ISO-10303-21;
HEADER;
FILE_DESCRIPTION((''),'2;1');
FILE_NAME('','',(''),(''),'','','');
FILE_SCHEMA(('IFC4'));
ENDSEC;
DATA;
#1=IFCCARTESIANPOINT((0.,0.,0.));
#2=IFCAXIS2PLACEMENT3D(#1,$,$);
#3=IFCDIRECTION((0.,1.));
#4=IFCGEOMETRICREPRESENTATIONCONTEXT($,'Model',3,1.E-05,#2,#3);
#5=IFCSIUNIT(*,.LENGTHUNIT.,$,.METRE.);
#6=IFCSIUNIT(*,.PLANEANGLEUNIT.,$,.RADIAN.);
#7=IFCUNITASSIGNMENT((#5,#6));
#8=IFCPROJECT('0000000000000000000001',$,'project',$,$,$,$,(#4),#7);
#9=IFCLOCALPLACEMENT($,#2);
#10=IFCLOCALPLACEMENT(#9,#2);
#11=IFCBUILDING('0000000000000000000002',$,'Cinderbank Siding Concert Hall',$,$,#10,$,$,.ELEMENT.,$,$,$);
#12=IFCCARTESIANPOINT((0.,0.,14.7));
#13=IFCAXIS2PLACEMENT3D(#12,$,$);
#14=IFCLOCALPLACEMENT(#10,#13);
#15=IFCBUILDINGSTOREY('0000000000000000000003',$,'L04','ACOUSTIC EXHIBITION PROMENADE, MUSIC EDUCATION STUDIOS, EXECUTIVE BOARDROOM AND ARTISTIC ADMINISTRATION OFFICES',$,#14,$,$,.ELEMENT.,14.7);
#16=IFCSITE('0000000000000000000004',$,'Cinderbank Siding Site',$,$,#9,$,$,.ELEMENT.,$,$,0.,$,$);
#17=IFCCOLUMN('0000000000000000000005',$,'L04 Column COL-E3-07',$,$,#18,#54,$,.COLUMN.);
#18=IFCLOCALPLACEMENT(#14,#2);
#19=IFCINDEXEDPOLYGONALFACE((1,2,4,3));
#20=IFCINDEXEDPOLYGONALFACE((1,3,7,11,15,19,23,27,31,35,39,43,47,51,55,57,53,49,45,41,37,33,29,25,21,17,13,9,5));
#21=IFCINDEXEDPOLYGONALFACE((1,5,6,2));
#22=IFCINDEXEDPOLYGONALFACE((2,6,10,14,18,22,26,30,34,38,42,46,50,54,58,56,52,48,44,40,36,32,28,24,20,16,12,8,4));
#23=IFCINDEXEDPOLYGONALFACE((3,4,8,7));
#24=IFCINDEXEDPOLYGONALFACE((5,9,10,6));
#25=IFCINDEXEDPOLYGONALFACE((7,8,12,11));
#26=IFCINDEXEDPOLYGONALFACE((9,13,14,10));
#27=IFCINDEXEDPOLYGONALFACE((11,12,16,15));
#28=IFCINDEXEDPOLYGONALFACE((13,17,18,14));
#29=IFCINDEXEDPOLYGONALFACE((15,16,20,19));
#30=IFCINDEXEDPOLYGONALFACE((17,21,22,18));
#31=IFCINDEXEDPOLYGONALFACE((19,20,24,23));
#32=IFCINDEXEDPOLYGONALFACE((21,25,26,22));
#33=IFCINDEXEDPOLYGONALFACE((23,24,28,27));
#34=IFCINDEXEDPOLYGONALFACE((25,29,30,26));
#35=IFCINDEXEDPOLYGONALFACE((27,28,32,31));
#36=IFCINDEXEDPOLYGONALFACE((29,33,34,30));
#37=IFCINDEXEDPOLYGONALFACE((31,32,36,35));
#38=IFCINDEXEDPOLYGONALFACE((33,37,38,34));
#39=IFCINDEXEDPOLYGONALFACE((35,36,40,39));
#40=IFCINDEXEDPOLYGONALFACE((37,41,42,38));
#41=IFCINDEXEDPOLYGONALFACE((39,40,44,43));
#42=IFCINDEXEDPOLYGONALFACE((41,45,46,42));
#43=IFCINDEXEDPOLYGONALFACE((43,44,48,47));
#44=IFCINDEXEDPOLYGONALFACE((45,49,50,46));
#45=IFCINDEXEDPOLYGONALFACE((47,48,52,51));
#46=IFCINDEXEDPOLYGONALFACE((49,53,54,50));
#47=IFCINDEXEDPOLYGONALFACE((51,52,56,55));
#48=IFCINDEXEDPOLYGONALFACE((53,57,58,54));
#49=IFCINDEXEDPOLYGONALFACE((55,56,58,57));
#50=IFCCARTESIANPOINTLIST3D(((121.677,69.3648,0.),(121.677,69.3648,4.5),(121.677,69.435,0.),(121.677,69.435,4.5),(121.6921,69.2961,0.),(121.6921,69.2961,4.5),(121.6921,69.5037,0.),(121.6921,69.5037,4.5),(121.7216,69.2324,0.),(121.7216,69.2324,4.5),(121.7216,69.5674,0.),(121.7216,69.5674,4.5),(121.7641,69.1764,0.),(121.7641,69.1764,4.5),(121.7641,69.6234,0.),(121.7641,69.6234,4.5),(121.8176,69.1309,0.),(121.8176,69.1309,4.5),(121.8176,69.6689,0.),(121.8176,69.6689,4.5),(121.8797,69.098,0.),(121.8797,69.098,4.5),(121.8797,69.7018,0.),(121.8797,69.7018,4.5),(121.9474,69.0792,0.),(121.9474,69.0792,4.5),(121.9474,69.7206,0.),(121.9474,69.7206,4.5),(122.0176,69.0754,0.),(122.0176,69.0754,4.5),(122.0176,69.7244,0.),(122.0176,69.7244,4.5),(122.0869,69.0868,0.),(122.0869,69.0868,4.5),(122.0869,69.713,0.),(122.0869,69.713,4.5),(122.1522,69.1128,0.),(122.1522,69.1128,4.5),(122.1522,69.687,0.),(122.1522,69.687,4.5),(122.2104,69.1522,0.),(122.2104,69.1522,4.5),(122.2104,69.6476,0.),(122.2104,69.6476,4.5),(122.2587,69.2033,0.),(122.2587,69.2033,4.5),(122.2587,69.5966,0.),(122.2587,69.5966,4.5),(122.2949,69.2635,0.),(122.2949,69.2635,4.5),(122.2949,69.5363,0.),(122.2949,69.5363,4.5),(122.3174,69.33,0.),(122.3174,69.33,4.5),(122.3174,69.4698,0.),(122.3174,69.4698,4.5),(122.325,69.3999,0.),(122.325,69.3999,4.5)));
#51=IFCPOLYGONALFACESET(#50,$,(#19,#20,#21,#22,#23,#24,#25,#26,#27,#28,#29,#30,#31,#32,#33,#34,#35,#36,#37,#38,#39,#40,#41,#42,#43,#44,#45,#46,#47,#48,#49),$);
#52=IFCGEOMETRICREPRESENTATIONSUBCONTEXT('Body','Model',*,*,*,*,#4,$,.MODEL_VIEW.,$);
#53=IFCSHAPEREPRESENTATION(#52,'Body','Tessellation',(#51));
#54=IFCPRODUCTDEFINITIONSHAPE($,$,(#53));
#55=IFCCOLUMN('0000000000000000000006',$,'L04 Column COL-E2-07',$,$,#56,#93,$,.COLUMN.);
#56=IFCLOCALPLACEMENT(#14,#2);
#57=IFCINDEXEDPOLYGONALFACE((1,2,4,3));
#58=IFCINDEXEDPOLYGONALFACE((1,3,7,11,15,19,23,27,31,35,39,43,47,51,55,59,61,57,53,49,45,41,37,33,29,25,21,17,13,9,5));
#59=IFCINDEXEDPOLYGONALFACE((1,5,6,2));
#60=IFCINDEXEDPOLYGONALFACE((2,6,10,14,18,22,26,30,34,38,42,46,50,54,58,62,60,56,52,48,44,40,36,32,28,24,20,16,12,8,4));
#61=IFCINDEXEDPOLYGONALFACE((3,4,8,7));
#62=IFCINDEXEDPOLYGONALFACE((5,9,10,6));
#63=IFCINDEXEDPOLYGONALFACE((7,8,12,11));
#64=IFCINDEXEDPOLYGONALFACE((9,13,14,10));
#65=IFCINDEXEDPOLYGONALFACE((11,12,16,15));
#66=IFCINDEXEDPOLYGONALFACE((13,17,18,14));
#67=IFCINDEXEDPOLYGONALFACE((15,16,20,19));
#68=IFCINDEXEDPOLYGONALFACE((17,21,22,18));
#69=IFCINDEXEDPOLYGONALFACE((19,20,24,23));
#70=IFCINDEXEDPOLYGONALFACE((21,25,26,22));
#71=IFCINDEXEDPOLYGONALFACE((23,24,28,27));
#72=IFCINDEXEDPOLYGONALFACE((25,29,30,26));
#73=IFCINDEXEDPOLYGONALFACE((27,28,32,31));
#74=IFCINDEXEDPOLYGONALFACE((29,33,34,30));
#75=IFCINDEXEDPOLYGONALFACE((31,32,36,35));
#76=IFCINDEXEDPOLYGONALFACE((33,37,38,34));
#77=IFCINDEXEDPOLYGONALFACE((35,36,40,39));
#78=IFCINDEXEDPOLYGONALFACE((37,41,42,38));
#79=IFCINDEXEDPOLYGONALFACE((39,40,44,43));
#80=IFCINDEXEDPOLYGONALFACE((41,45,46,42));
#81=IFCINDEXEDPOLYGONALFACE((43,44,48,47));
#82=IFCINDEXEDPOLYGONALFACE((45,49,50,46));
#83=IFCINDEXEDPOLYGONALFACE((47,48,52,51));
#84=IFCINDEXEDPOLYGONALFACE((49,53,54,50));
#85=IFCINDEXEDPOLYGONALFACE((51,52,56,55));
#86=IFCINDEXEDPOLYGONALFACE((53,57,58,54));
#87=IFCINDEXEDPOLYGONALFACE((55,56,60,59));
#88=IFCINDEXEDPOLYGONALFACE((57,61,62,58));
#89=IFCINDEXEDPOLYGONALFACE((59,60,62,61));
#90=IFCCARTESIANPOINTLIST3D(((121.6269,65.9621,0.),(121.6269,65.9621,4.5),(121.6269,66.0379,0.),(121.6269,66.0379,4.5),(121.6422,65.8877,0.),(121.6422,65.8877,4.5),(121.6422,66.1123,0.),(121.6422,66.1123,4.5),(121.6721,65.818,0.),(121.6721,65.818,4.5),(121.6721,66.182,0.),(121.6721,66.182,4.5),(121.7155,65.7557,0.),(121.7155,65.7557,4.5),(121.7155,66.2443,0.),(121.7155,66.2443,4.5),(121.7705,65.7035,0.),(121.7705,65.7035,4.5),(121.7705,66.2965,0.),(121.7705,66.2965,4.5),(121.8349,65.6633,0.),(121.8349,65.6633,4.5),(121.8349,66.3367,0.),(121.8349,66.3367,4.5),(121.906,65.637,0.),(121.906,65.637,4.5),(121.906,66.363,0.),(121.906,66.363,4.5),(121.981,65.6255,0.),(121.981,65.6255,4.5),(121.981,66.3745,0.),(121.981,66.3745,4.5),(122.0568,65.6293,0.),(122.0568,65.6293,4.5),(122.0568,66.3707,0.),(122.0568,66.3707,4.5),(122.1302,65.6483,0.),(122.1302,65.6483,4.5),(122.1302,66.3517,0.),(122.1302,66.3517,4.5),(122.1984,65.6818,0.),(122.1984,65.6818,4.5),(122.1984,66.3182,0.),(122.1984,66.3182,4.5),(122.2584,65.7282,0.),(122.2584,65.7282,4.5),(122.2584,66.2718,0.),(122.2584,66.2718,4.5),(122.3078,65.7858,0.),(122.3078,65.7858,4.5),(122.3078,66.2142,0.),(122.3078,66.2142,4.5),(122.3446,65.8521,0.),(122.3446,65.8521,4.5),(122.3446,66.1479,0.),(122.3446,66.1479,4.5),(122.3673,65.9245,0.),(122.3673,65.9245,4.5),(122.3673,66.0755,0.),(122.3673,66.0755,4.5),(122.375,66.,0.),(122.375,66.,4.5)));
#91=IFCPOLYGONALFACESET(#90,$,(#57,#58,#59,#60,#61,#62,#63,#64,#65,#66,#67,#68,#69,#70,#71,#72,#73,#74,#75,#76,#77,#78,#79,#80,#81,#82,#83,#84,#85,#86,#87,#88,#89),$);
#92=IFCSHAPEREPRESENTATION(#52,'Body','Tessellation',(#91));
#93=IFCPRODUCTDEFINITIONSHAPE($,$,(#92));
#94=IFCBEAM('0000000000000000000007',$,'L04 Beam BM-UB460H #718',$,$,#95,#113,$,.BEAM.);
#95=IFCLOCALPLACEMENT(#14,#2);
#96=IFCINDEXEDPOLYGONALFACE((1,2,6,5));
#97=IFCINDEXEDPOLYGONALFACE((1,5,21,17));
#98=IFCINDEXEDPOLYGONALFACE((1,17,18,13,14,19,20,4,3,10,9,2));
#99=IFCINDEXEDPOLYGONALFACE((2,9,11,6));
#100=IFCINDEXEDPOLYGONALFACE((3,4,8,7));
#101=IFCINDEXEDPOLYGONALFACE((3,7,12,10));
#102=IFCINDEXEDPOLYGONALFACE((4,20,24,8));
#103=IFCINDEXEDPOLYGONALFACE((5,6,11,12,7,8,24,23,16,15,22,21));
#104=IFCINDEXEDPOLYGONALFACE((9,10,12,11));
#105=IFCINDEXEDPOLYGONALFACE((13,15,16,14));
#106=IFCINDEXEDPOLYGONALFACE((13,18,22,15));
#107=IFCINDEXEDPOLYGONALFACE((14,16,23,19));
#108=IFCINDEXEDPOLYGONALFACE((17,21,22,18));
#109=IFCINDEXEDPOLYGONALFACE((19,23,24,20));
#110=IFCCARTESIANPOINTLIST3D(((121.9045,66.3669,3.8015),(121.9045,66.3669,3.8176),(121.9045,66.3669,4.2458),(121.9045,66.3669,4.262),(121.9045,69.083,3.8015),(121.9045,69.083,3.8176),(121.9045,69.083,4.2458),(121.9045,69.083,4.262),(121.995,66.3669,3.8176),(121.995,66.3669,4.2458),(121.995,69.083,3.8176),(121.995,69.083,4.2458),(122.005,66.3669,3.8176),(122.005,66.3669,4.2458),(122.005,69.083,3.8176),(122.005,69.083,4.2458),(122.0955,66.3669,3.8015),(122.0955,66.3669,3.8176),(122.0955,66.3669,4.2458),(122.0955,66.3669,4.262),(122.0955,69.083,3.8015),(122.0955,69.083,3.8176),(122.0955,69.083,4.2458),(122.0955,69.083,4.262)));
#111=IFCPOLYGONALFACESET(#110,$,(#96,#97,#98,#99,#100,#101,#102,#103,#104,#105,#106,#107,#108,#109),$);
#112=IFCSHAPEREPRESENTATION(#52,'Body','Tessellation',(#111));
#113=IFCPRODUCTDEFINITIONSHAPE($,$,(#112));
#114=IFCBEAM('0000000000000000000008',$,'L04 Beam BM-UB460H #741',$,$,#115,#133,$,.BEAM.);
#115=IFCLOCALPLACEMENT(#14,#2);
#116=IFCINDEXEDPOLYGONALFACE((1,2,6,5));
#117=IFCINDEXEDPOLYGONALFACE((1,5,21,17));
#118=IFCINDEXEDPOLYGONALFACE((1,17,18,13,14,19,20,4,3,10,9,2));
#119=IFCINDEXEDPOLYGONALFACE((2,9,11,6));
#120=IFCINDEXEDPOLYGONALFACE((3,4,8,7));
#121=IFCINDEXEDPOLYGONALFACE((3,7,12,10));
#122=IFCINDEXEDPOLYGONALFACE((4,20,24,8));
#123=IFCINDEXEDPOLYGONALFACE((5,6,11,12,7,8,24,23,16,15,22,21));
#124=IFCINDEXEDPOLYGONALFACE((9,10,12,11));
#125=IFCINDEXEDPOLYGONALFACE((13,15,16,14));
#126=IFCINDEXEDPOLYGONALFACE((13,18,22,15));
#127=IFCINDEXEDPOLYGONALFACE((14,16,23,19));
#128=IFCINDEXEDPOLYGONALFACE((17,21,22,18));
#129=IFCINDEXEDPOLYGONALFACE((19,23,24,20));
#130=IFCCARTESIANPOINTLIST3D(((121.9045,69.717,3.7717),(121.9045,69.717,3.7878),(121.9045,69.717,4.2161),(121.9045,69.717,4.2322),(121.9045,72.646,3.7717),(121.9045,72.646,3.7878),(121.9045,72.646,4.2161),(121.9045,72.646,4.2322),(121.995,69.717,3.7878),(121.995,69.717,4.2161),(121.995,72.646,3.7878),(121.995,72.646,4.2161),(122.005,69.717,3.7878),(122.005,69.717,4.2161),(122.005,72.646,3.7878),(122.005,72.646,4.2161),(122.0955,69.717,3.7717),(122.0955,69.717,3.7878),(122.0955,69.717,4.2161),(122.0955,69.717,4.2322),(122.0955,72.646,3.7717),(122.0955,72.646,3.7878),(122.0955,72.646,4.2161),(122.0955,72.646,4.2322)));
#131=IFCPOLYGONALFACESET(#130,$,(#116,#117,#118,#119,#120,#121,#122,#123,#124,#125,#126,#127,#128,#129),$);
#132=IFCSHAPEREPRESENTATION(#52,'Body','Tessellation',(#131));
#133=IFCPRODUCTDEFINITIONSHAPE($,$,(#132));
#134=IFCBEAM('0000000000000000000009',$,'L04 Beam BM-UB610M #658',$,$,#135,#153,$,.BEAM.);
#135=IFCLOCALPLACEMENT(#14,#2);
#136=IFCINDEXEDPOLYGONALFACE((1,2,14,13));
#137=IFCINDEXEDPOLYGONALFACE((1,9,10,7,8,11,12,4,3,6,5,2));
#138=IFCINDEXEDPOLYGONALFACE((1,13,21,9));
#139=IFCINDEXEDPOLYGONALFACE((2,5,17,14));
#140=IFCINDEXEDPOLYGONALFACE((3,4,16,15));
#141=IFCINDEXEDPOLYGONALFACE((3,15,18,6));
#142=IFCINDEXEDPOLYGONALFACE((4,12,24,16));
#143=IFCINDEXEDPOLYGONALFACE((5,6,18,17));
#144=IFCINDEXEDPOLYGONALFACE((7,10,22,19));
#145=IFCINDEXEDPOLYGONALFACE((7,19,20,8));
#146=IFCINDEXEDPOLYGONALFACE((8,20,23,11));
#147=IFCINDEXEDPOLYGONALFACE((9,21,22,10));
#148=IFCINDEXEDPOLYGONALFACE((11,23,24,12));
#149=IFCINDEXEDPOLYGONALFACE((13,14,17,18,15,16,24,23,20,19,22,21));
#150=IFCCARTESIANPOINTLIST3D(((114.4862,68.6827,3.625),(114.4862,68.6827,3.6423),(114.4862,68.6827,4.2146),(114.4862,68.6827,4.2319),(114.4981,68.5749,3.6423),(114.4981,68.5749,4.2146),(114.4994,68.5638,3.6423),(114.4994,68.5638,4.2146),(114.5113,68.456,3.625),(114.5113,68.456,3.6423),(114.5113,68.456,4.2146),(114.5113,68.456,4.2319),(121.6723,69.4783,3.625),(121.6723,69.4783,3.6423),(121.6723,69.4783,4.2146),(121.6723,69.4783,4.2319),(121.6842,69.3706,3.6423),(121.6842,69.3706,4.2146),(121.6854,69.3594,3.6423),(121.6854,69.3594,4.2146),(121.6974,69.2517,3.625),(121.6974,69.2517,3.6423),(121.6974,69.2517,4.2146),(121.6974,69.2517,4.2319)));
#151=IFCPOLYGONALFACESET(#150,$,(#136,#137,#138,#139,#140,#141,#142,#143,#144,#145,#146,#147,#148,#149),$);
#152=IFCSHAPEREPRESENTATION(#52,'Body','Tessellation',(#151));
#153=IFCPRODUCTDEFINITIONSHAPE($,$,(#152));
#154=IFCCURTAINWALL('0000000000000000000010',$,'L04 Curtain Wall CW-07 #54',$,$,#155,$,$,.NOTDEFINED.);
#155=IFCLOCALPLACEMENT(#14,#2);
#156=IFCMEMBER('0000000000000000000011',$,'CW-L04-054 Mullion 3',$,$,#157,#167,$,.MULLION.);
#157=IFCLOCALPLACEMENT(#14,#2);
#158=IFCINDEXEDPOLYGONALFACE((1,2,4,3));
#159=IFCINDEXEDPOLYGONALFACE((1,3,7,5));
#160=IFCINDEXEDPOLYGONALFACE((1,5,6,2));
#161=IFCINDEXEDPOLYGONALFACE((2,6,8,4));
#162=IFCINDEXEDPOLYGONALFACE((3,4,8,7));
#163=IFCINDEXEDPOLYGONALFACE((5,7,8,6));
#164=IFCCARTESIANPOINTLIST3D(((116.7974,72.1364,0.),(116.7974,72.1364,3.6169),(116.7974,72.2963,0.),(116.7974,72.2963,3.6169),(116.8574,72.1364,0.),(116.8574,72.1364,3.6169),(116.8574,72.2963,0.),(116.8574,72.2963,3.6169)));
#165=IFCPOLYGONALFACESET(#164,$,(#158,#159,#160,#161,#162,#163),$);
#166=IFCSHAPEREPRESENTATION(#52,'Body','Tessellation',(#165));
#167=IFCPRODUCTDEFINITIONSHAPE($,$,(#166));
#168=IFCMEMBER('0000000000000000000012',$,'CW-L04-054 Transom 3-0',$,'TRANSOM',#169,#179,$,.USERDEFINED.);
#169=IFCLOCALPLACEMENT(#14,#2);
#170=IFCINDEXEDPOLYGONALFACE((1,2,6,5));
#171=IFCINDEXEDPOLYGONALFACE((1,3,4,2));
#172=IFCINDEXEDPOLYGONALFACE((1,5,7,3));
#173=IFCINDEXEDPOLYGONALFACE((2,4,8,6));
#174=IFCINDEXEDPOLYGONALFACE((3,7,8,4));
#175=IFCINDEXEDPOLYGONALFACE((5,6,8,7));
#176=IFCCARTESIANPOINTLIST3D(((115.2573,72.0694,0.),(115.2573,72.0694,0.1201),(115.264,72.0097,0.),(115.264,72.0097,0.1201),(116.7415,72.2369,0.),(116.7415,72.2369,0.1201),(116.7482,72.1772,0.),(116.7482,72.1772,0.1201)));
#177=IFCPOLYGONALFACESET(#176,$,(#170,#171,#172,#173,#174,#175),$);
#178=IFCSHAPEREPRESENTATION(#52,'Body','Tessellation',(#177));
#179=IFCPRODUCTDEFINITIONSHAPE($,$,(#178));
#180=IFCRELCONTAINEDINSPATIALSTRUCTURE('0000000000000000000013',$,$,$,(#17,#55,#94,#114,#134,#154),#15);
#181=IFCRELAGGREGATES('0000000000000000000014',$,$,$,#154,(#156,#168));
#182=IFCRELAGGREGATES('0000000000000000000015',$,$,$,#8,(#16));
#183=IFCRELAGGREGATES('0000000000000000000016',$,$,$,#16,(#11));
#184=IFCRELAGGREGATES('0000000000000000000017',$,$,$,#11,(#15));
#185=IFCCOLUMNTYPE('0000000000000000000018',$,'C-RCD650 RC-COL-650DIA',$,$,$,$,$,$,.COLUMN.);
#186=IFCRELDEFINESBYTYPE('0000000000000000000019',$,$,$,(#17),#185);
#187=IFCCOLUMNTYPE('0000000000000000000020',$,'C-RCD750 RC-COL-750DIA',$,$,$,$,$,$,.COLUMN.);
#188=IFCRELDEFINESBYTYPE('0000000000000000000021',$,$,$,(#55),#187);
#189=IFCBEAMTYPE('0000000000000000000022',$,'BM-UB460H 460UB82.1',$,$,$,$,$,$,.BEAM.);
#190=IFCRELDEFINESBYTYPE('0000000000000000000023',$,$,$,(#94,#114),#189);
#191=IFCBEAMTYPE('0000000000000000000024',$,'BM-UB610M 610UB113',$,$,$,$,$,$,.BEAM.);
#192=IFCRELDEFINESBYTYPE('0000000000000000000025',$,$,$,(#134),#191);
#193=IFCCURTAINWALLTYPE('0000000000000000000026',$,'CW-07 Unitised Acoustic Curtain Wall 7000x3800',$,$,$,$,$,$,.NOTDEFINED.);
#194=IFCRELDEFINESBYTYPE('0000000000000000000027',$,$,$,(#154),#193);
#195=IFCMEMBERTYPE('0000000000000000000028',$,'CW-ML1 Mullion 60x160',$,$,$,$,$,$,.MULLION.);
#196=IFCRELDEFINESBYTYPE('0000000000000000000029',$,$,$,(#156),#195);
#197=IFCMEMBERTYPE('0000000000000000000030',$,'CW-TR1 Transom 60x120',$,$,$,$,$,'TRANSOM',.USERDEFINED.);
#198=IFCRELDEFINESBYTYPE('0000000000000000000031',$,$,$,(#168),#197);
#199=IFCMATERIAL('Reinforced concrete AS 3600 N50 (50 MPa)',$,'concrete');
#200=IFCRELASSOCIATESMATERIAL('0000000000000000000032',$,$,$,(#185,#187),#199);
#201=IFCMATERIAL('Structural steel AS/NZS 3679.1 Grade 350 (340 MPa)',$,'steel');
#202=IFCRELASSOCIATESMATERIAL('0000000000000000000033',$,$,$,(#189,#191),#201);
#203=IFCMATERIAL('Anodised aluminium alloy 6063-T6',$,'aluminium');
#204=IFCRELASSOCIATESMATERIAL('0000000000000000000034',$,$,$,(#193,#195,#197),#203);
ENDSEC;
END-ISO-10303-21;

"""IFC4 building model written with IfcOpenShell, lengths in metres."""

from ifc_helpers import new_model, si_unit, direction, frame, origin, origin_2d, place, context, subcontext, project, spatial, rectangle, circle, i_section, extrude, material, material_profile, profile_set, type_object, element, aggregate, save


model = new_model("IFC4")

# Units and contexts
model_context = context("Model", 3, precision=1e-05, world=origin(), true_north=direction((0.0, 1.0)))
body_context = subcontext(model_context, "Body", "Model", "MODEL_VIEW")
ifc_project = project(units=[si_unit("LENGTHUNIT", "METRE"), si_unit("PLANEANGLEUNIT", "RADIAN")], contexts=[model_context])

# Site, building, storey
site_placement = place(None, origin())
site = spatial("IfcSite", under=ifc_project, at=site_placement, Name="Cinderbank Siding Site", CompositionType="ELEMENT", RefElevation=0.0)
building_placement = place(site_placement, origin())
building = spatial("IfcBuilding", under=site, at=building_placement, Name="Cinderbank Siding Concert Hall", CompositionType="ELEMENT")
storey_placement = place(building_placement, frame((0.0, 0.0, 14.7)))
storey = spatial("IfcBuildingStorey", under=building, at=storey_placement, Name="L04", Description="ACOUSTIC EXHIBITION PROMENADE, MUSIC EDUCATION STUDIOS, EXECUTIVE BOARDROOM AND ARTISTIC ADMINISTRATION OFFICES", CompositionType="ELEMENT", Elevation=14.7)

# Columns
ifc_material_1 = material(Name="Reinforced concrete AS 3600 N50 (50 MPa)", Category="concrete")
ifc_material_profile_1 = material_profile(ifc_material_1, circle(Radius=0.325, at=origin_2d()), Name="RC-COL-650DIA", Category="LoadBearing")
ifc_profile_set_1 = profile_set([ifc_material_profile_1], Name="Reinforced concrete AS 3600 N50 (50 MPa)")
column_type_1 = type_object("IfcColumnType", Name="C-RCD650 RC-COL-650DIA", PredefinedType="COLUMN", material=ifc_profile_set_1)
column_1_placement = place(storey_placement, frame((122.0, 69.3999, 0.0), z_axis=(0.0, 0.0, 1.0), x_axis=(1.0, 0.0, 0.0)))
element("IfcColumn", 1, at=column_1_placement, inside=storey, type_object=column_type_1, Name="L04 Column COL-E3-07", PredefinedType="COLUMN", context=body_context, shape_type="SweptSolid", body=[
    extrude(circle(Radius=0.325, at=origin_2d()), origin(), (0.0, 0.0, 1.0), 4.5),
])
ifc_material_profile_2 = material_profile(ifc_material_1, circle(Radius=0.375, at=origin_2d()), Name="RC-COL-750DIA", Category="LoadBearing")
ifc_profile_set_2 = profile_set([ifc_material_profile_2], Name="Reinforced concrete AS 3600 N50 (50 MPa)")
column_type_2 = type_object("IfcColumnType", Name="C-RCD750 RC-COL-750DIA", PredefinedType="COLUMN", material=ifc_profile_set_2)
column_2_placement = place(storey_placement, frame((122.0, 66.0, 0.0), z_axis=(0.0, 0.0, 1.0), x_axis=(1.0, 0.0, 0.0)))
element("IfcColumn", 2, at=column_2_placement, inside=storey, type_object=column_type_2, Name="L04 Column COL-E2-07", PredefinedType="COLUMN", context=body_context, shape_type="SweptSolid", body=[
    extrude(circle(Radius=0.375, at=origin_2d()), origin(), (0.0, 0.0, 1.0), 4.5),
])

# Beams
ifc_material_2 = material(Name="Structural steel AS/NZS 3679.1 Grade 350 (340 MPa)", Category="steel")
ifc_material_profile_3 = material_profile(ifc_material_2, i_section(OverallWidth=0.1909, OverallDepth=0.4604, WebThickness=0.01, FlangeThickness=0.0161, at=origin_2d()), Name="460UB82.1", Category="LoadBearing")
ifc_profile_set_3 = profile_set([ifc_material_profile_3], Name="Structural steel AS/NZS 3679.1 Grade 350 (340 MPa)")
beam_type_1 = type_object("IfcBeamType", Name="BM-UB460H 460UB82.1", PredefinedType="BEAM", material=ifc_profile_set_3)
beam_1_placement = place(storey_placement, frame((122.0, 66.3669, 4.0317), z_axis=(0.0, 1.0, 0.0), x_axis=(-1.0, 0.0, 0.0)))
element("IfcBeam", 3, at=beam_1_placement, inside=storey, type_object=beam_type_1, Name="L04 Beam BM-UB460H #718", PredefinedType="BEAM", context=body_context, shape_type="SweptSolid", body=[
    extrude(i_section(OverallWidth=0.1909, OverallDepth=0.4604, WebThickness=0.01, FlangeThickness=0.0161, at=origin_2d()), origin(), (0.0, 0.0, 1.0), 2.7161),
])
beam_2_placement = place(storey_placement, frame((122.0, 69.717, 4.002), z_axis=(0.0, 1.0, 0.0), x_axis=(-1.0, 0.0, 0.0)))
element("IfcBeam", 4, at=beam_2_placement, inside=storey, type_object=beam_type_1, Name="L04 Beam BM-UB460H #741", PredefinedType="BEAM", context=body_context, shape_type="SweptSolid", body=[
    extrude(i_section(OverallWidth=0.1909, OverallDepth=0.4604, WebThickness=0.01, FlangeThickness=0.0161, at=origin_2d()), origin(), (0.0, 0.0, 1.0), 2.929),
])
ifc_material_profile_4 = material_profile(ifc_material_2, i_section(OverallWidth=0.228, OverallDepth=0.6069, WebThickness=0.0112, FlangeThickness=0.0173, at=origin_2d()), Name="610UB113", Category="LoadBearing")
ifc_profile_set_4 = profile_set([ifc_material_profile_4], Name="Structural steel AS/NZS 3679.1 Grade 350 (340 MPa)")
beam_type_2 = type_object("IfcBeamType", Name="BM-UB610M 610UB113", PredefinedType="BEAM", material=ifc_profile_set_4)
beam_3_placement = place(storey_placement, frame((121.6848, 69.365, 3.9285), z_axis=(-0.993926, -0.11005, 0.0), x_axis=(0.11005, -0.993926, 0.0)))
element("IfcBeam", 5, at=beam_3_placement, inside=storey, type_object=beam_type_2, Name="L04 Beam BM-UB610M #658", PredefinedType="BEAM", context=body_context, shape_type="SweptSolid", body=[
    extrude(i_section(OverallWidth=0.228, OverallDepth=0.6069, WebThickness=0.0112, FlangeThickness=0.0173, at=origin_2d()), origin(), (0.0, 0.0, 1.0), 7.23),
])

# Curtain wall, members
ifc_material_3 = material(Name="Anodised aluminium alloy 6063-T6", Category="aluminium")
curtain_wall_type_1 = type_object("IfcCurtainWallType", Name="CW-07 Unitised Acoustic Curtain Wall 7000x3800", PredefinedType="NOTDEFINED", material=ifc_material_3)
curtain_wall_1_placement = place(storey_placement, origin())
curtain_wall_1 = element("IfcCurtainWall", 6, at=curtain_wall_1_placement, inside=storey, type_object=curtain_wall_type_1, Name="L04 Curtain Wall CW-07 #54", PredefinedType="NOTDEFINED")
ifc_material_profile_5 = material_profile(ifc_material_3, rectangle(XDim=0.0601, YDim=0.1599, at=origin_2d()), Name="ALU-MULL-60x160", Category="LoadBearing")
ifc_profile_set_5 = profile_set([ifc_material_profile_5], Name="Anodised aluminium alloy 6063-T6")
member_type_1 = type_object("IfcMemberType", Name="CW-ML1 Mullion 60x160", PredefinedType="MULLION", material=ifc_profile_set_5)
member_1_placement = place(storey_placement, frame((116.8274, 72.2163, 0.0), z_axis=(0.0, 0.0, 1.0), x_axis=(1.0, 0.0, 0.0)))
member_1 = element("IfcMember", 7, at=member_1_placement, type_object=member_type_1, Name="CW-L04-054 Mullion 3", PredefinedType="MULLION", context=body_context, shape_type="SweptSolid", body=[
    extrude(rectangle(XDim=0.0601, YDim=0.1599, at=origin_2d()), origin(), (0.0, 0.0, 1.0), 3.6169),
])
ifc_material_profile_6 = material_profile(ifc_material_3, rectangle(XDim=0.0601, YDim=0.1201, at=origin_2d()), Name="ALU-TRAN-60x120", Category="LoadBearing")
ifc_profile_set_6 = profile_set([ifc_material_profile_6], Name="Anodised aluminium alloy 6063-T6")
member_type_2 = type_object("IfcMemberType", Name="CW-TR1 Transom 60x120", ElementType="TRANSOM", PredefinedType="USERDEFINED", material=ifc_profile_set_6)
member_2_placement = place(storey_placement, frame((116.7449, 72.207, 0.0601), z_axis=(-0.993693, -0.112136, 0.0), x_axis=(0.112136, -0.993693, 0.0)))
member_2 = element("IfcMember", 8, at=member_2_placement, type_object=member_type_2, Name="CW-L04-054 Transom 3-0", ObjectType="TRANSOM", PredefinedType="USERDEFINED", context=body_context, shape_type="SweptSolid", body=[
    extrude(rectangle(XDim=0.0601, YDim=0.1201, at=origin_2d()), origin(), (0.0, 0.0, 1.0), 1.4937),
])

aggregate(curtain_wall_1, [member_1, member_2])

save(model, "model.ifc")
